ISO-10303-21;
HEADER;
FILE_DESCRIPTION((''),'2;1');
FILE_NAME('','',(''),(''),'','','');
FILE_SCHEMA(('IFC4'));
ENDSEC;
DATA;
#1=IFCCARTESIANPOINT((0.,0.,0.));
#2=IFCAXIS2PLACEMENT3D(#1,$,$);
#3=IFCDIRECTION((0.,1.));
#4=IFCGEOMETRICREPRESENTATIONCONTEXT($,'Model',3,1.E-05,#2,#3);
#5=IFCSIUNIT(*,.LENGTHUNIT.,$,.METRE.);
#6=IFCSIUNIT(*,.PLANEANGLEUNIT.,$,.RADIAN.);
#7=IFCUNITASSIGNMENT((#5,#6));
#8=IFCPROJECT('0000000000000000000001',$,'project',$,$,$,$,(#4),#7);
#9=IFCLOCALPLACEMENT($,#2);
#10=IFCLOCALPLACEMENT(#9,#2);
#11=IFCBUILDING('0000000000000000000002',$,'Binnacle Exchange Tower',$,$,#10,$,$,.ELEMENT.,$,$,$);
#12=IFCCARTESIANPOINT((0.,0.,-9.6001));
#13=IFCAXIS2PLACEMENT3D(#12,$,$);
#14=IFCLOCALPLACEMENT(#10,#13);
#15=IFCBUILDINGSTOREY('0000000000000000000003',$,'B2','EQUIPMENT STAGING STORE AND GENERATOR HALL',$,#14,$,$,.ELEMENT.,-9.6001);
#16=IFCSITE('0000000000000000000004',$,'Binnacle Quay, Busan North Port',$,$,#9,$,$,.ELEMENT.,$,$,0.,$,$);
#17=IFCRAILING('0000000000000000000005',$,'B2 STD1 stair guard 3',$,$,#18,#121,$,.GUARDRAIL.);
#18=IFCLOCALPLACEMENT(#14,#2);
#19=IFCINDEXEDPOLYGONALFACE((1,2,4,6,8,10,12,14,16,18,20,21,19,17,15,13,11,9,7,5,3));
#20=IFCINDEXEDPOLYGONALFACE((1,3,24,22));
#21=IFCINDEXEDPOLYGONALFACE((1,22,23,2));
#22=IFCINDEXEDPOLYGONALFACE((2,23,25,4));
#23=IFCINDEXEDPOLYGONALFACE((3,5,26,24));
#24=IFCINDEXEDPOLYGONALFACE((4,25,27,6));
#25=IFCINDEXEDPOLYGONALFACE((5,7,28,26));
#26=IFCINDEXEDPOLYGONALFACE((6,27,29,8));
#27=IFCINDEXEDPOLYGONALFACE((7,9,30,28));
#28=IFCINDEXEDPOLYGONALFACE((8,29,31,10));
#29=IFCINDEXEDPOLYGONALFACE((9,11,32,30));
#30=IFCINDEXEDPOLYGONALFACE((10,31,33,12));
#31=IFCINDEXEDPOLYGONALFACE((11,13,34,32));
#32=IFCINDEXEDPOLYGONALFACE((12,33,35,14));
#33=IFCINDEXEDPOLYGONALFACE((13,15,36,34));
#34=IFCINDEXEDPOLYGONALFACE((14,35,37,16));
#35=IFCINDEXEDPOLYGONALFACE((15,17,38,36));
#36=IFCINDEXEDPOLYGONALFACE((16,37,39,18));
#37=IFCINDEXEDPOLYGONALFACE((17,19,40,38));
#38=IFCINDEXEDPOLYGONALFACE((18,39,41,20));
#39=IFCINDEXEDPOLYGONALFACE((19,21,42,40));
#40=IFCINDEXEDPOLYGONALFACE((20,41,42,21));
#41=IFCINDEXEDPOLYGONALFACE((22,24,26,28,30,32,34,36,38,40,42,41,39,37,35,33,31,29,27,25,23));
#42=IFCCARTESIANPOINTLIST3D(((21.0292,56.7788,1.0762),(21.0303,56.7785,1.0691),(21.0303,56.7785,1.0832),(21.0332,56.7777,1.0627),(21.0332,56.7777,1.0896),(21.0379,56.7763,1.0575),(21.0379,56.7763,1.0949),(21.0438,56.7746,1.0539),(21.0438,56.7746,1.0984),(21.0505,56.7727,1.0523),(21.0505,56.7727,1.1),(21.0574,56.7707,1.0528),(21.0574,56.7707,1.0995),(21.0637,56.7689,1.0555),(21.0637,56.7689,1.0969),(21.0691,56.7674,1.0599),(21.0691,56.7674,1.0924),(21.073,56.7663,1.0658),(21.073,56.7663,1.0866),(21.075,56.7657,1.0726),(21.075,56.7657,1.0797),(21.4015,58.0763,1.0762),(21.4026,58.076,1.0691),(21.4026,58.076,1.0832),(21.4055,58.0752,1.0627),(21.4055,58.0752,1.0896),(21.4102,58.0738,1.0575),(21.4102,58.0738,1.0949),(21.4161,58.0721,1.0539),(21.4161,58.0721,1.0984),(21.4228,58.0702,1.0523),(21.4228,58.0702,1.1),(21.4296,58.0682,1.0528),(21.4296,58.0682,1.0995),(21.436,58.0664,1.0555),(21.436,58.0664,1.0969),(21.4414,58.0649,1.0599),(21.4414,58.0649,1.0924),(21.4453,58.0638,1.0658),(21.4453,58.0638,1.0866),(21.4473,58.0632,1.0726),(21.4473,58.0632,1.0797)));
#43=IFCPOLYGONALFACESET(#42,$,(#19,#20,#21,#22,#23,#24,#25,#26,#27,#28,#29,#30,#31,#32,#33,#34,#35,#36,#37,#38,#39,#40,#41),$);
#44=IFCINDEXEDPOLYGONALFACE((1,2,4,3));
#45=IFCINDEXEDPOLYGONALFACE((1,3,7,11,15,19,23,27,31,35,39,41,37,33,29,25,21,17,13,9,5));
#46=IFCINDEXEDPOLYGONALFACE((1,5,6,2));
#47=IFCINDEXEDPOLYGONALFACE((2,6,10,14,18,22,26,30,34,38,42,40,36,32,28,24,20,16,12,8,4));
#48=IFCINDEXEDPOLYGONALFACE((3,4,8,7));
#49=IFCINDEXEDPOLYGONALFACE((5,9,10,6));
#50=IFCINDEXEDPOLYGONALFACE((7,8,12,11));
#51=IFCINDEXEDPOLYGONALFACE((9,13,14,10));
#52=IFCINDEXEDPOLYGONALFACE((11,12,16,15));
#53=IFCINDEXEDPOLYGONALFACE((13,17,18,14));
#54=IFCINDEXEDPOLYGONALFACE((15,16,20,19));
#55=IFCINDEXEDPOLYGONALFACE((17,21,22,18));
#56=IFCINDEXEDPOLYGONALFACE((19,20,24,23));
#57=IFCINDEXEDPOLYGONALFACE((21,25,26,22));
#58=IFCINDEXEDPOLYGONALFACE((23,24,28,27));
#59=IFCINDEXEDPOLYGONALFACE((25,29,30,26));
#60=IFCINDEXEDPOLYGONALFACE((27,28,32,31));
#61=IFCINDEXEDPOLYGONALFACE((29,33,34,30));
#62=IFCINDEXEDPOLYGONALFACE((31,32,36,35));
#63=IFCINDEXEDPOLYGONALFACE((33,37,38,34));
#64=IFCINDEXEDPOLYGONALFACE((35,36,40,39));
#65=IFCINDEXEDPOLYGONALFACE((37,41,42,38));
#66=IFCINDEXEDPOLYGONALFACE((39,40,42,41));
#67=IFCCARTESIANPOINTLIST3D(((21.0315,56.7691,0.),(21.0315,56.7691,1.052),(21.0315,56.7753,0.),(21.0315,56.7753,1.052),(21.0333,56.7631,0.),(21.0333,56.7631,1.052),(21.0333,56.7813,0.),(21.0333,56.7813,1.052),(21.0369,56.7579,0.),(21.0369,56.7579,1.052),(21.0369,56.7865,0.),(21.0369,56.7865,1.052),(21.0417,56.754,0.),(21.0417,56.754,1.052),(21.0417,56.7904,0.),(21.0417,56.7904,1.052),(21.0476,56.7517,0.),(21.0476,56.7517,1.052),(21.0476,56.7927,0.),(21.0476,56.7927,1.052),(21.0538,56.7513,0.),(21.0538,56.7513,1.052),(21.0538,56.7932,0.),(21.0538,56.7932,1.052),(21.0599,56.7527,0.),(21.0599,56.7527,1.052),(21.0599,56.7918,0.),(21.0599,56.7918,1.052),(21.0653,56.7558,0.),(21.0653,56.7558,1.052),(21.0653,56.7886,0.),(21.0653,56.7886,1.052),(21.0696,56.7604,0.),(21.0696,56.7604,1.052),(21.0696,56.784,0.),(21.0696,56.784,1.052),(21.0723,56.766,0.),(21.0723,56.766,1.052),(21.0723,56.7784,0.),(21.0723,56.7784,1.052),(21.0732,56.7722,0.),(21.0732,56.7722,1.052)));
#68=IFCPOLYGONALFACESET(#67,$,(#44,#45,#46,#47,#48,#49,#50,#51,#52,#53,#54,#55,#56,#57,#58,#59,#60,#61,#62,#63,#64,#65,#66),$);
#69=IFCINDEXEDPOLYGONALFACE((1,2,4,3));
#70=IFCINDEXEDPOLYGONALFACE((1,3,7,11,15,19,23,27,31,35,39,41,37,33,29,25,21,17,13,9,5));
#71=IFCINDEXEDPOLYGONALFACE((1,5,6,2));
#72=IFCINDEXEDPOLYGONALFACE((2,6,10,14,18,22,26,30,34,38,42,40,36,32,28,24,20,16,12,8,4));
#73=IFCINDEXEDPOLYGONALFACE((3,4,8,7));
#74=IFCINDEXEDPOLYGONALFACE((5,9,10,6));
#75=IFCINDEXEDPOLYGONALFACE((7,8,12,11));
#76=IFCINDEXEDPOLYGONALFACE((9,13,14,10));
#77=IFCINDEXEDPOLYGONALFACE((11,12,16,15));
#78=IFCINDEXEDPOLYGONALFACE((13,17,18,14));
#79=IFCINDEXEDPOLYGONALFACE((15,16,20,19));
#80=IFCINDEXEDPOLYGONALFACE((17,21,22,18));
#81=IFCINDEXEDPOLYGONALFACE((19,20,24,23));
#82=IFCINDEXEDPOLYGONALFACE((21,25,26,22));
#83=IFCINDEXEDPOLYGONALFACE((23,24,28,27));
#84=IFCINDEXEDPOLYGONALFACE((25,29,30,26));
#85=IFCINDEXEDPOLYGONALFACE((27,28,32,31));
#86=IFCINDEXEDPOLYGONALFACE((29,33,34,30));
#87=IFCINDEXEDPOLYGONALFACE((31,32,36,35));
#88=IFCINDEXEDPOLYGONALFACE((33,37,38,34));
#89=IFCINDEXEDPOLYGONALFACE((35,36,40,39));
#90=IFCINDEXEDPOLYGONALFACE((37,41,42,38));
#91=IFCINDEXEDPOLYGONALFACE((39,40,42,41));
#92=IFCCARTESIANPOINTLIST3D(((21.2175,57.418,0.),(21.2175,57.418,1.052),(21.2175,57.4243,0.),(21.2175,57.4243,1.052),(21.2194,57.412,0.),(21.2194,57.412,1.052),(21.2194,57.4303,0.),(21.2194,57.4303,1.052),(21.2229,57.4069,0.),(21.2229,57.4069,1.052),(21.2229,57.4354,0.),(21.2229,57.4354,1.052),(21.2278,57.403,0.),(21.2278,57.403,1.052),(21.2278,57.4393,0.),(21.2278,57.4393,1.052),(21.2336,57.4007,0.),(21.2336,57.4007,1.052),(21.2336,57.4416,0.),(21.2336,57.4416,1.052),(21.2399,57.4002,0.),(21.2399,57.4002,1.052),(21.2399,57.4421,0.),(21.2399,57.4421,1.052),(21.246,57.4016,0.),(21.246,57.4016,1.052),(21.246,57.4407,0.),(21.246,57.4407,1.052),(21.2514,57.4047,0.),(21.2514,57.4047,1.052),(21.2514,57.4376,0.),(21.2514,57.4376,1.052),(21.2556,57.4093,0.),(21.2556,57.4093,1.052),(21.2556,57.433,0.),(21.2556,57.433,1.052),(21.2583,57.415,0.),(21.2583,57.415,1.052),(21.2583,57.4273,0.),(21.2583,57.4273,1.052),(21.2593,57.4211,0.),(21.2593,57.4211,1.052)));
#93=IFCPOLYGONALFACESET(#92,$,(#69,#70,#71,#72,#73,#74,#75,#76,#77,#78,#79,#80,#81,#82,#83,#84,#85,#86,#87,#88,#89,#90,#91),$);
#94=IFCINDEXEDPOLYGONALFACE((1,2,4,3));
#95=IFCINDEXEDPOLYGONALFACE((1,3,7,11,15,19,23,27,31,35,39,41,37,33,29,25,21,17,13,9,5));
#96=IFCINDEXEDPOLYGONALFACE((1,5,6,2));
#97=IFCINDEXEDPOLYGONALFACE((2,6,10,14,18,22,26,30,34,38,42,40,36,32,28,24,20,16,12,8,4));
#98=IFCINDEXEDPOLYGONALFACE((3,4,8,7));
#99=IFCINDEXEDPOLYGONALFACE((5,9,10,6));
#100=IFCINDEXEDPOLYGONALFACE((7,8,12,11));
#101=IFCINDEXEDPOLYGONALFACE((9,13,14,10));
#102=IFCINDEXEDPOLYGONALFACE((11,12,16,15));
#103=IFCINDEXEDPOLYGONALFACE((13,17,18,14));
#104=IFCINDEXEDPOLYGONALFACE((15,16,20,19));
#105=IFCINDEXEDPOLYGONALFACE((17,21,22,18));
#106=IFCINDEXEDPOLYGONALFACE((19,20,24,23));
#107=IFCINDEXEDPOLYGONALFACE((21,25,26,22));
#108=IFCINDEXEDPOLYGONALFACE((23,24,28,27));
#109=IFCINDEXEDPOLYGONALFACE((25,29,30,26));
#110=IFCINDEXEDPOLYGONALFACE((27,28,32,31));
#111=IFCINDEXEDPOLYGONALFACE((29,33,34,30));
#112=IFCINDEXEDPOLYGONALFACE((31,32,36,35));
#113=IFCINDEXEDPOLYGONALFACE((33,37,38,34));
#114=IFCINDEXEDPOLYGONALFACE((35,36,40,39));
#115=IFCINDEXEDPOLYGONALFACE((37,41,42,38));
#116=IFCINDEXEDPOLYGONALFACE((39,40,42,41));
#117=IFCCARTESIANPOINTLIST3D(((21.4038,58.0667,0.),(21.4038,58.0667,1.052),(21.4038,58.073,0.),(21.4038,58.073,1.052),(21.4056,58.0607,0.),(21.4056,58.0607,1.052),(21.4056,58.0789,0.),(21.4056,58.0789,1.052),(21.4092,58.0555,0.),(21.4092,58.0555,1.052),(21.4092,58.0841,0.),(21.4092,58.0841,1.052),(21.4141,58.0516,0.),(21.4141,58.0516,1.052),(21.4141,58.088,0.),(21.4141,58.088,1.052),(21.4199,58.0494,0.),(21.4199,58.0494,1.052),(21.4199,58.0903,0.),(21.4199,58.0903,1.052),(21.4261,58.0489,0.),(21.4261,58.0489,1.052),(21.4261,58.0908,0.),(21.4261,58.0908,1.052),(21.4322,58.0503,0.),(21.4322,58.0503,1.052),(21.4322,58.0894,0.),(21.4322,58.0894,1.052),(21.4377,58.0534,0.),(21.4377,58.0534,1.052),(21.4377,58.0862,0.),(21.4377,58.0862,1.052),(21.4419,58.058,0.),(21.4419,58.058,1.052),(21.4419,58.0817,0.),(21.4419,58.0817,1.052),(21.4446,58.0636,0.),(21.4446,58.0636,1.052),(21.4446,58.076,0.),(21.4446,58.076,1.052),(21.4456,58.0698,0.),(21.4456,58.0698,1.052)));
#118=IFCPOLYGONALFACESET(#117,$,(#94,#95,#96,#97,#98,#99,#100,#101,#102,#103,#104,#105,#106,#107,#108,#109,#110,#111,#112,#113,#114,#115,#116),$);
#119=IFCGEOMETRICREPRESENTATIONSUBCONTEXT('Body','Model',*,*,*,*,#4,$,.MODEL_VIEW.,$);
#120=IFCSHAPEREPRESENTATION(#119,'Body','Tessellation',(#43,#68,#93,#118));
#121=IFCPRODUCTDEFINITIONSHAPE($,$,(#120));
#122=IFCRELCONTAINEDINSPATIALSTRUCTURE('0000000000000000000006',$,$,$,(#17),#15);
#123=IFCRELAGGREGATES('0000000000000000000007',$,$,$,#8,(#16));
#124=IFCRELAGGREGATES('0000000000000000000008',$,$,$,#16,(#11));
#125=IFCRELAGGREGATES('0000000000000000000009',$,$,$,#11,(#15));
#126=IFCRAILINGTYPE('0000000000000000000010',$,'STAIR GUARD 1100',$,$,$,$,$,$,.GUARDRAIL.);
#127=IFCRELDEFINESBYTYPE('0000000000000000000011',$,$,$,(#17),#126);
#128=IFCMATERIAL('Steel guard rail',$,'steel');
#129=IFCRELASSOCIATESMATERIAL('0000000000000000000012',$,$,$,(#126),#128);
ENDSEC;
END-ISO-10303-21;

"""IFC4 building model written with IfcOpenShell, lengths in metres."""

from ifc_helpers import new_model, si_unit, direction, frame, origin, origin_2d, place, context, subcontext, project, spatial, circle, extrude, material, type_object, element, save


model = new_model("IFC4")

# Units and contexts
model_context = context("Model", 3, precision=1e-05, world=origin(), true_north=direction((0.0, 1.0)))
body_context = subcontext(model_context, "Body", "Model", "MODEL_VIEW")
ifc_project = project(units=[si_unit("LENGTHUNIT", "METRE"), si_unit("PLANEANGLEUNIT", "RADIAN")], contexts=[model_context])

# Site, building, storey
site_placement = place(None, origin())
site = spatial("IfcSite", under=ifc_project, at=site_placement, Name="Binnacle Quay, Busan North Port", CompositionType="ELEMENT", RefElevation=0.0)
building_placement = place(site_placement, origin())
building = spatial("IfcBuilding", under=site, at=building_placement, Name="Binnacle Exchange Tower", CompositionType="ELEMENT")
storey_placement = place(building_placement, frame((0.0, 0.0, -9.6001)))
storey = spatial("IfcBuildingStorey", under=building, at=storey_placement, Name="B2", Description="EQUIPMENT STAGING STORE AND GENERATOR HALL", CompositionType="ELEMENT", Elevation=-9.6001)

# Railing
ifc_material_1 = material(Name="Steel guard rail", Category="steel")
railing_type = type_object("IfcRailingType", Name="STAIR GUARD 1100", PredefinedType="GUARDRAIL", material=ifc_material_1)
railing_1_placement = place(storey_placement, frame((21.0522, 56.7722, 0.0)))
element("IfcRailing", 1, at=railing_1_placement, inside=storey, type_object=railing_type, Name="B2 STD1 stair guard 3", PredefinedType="GUARDRAIL", context=body_context, shape_type="SweptSolid", body=[
    extrude(circle(Radius=0.0239, at=origin_2d()), frame((0.0, 0.0, 1.0762), z_axis=(0.275796, 0.961216, 0.0), x_axis=(-0.961216, 0.275796, 0.0)), (0.0, 0.0, 1.0), 1.3499),
    extrude(circle(Radius=0.021, at=origin_2d()), origin(), (0.0, 0.0, 1.0), 1.052),
    extrude(circle(Radius=0.021, at=origin_2d()), frame((0.186, 0.6489, 0.0)), (0.0, 0.0, 1.0), 1.052),
    extrude(circle(Radius=0.021, at=origin_2d()), frame((0.3723, 1.2976, 0.0)), (0.0, 0.0, 1.0), 1.052),
])

save(model, "model.ifc")
